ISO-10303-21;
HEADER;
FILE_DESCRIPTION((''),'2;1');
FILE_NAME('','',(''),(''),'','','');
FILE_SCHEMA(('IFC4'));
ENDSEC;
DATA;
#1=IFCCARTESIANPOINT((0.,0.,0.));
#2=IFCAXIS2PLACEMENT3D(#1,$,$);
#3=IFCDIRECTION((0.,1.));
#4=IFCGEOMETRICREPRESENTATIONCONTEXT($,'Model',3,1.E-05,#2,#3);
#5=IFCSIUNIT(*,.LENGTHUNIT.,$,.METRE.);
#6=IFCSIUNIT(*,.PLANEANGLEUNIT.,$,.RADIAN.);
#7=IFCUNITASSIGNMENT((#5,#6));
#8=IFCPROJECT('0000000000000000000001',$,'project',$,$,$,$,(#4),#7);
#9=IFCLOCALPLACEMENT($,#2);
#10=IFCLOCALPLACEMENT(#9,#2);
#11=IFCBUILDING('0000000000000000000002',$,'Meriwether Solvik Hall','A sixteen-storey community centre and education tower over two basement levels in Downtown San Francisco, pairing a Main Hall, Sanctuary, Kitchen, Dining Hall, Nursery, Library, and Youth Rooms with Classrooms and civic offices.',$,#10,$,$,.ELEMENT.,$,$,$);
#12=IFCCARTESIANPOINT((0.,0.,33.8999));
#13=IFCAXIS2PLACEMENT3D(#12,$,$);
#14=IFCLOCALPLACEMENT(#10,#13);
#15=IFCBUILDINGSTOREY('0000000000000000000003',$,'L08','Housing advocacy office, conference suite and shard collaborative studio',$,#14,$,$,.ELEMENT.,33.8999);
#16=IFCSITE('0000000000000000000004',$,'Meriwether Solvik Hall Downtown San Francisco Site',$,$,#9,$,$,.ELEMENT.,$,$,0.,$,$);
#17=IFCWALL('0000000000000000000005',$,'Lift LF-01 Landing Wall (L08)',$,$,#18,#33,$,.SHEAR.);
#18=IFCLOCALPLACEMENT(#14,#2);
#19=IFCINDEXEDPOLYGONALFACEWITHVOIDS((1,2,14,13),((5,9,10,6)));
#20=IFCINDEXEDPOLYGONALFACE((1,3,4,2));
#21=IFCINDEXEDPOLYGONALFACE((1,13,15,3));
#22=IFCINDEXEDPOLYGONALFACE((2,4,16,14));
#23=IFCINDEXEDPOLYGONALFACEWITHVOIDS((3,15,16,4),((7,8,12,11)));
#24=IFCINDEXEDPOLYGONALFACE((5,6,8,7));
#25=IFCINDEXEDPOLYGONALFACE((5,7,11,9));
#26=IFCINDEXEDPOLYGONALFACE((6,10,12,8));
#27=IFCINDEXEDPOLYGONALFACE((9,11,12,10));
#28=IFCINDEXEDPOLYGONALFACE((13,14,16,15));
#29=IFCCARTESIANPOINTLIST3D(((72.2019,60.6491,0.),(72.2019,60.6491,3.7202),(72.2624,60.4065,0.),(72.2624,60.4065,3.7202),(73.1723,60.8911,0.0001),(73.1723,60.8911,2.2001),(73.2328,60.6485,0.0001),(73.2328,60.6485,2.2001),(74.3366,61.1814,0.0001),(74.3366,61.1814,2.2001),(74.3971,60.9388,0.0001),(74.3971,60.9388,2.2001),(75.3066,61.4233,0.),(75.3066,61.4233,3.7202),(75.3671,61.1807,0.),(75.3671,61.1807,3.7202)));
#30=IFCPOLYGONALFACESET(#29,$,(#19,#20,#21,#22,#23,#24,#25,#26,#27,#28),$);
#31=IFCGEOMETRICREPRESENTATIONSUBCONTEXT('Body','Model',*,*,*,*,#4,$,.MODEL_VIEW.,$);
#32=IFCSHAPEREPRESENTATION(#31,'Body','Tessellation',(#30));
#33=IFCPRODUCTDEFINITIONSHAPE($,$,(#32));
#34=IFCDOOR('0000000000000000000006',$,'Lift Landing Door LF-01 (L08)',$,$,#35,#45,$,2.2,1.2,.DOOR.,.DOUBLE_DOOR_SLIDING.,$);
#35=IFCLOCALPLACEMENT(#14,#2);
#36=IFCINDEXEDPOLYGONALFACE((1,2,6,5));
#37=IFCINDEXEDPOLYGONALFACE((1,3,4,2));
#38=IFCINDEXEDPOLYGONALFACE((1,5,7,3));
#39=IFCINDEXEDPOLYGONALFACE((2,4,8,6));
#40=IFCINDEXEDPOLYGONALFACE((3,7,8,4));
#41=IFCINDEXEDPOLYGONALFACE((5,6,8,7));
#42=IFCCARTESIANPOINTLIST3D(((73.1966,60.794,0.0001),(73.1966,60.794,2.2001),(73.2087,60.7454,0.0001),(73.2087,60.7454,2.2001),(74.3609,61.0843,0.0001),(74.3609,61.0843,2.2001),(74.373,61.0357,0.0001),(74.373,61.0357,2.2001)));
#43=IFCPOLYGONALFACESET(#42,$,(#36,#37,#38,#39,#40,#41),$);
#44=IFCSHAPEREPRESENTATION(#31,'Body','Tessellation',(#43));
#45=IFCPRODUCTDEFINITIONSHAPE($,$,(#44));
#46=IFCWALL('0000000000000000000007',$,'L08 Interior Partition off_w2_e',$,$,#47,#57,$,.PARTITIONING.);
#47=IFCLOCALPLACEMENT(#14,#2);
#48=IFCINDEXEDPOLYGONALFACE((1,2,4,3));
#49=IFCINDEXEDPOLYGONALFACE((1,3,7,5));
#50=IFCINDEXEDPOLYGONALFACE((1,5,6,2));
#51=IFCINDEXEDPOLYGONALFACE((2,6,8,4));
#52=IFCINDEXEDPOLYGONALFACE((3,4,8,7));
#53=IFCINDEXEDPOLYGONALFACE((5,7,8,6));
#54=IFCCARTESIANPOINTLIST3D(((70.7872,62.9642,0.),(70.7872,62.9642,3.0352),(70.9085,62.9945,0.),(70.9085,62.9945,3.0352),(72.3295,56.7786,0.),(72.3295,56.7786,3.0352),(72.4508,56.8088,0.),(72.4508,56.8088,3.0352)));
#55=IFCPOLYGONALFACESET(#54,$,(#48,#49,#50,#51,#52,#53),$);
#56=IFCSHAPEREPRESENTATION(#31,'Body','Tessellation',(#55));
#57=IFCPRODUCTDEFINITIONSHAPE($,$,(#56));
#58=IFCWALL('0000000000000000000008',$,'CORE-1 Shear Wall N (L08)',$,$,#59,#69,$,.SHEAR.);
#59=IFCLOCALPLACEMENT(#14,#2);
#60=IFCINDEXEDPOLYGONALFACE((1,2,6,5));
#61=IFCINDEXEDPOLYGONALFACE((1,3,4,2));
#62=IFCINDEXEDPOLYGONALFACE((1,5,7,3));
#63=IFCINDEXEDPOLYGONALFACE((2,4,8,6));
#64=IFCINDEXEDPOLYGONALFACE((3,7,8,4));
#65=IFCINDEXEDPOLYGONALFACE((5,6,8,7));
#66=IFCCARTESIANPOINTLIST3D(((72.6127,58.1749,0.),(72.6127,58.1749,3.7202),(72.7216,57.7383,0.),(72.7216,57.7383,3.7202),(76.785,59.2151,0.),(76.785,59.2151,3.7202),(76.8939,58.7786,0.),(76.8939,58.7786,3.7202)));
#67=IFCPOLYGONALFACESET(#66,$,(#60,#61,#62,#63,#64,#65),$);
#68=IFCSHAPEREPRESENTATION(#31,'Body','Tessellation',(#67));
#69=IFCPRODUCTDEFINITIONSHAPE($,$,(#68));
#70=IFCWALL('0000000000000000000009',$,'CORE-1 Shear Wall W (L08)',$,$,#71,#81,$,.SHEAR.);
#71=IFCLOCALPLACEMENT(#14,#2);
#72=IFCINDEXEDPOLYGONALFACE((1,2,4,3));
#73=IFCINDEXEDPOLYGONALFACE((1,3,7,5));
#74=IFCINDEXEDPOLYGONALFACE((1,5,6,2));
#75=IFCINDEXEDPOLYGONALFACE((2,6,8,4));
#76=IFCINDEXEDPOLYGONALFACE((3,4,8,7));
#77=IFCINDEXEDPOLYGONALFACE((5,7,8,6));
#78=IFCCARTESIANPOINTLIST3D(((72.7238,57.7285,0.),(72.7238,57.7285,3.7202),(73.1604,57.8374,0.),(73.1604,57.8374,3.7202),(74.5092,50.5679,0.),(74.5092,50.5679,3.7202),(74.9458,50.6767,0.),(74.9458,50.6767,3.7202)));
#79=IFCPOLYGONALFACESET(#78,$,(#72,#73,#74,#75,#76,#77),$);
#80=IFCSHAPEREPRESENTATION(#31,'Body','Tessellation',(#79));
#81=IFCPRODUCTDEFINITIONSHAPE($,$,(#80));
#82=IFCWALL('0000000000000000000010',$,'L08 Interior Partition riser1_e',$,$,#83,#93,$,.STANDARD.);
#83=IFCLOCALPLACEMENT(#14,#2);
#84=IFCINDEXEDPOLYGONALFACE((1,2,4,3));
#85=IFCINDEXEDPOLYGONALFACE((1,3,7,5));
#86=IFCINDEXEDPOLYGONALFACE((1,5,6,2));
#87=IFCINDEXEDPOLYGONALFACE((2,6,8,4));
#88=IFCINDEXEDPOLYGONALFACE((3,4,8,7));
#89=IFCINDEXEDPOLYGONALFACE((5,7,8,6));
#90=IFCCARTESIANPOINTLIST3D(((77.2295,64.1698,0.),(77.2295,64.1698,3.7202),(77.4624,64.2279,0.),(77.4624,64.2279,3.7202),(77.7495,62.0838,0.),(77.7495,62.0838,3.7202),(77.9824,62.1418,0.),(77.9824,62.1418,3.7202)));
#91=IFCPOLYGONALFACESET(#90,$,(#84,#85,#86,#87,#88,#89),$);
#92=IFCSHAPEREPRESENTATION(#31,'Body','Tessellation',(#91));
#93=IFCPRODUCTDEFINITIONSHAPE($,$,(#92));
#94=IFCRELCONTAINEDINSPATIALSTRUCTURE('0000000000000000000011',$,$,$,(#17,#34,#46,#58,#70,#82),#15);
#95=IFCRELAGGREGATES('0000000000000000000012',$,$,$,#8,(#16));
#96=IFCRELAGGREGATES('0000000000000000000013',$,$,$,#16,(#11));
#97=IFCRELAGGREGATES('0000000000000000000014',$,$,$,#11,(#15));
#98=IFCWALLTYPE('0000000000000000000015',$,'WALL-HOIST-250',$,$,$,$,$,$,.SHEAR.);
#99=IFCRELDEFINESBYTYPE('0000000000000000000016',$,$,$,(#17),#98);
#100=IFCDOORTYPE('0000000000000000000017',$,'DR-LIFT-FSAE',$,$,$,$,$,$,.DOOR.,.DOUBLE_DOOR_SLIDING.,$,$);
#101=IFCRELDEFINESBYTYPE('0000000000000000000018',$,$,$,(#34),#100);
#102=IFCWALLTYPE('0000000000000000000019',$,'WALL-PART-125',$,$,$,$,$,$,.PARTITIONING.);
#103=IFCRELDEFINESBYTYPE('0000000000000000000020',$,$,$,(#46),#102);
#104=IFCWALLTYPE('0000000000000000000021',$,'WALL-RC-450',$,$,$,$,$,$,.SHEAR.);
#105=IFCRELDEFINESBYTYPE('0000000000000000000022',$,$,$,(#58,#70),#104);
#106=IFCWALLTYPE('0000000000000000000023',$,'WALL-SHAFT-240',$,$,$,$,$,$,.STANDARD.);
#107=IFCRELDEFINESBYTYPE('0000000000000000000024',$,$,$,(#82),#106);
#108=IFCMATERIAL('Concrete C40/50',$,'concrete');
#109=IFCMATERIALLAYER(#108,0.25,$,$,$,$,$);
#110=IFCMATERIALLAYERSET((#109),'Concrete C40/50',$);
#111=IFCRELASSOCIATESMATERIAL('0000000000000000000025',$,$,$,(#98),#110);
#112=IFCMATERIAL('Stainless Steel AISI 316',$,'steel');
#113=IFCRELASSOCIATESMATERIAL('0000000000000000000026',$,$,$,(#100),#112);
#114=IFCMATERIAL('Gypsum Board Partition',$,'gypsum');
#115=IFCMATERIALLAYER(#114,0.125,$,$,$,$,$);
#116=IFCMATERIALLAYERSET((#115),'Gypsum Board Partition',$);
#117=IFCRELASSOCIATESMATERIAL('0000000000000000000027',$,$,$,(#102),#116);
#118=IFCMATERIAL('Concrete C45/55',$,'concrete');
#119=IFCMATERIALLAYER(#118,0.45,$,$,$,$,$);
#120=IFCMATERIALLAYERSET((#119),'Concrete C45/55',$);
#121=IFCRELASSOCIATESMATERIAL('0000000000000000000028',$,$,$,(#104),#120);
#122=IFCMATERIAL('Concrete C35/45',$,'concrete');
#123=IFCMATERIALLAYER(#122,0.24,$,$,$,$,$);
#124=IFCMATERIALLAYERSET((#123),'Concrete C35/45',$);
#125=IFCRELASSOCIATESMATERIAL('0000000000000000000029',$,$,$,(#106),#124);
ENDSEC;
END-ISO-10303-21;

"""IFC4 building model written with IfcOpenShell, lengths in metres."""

from ifc_helpers import new_model, si_unit, direction, frame, frame_2d, origin, place, context, subcontext, project, spatial, rectangle, extrude, material, layer, layer_set, type_object, element, fill, save


model = new_model("IFC4")

# Units and contexts
model_context = context("Model", 3, precision=1e-05, world=origin(), true_north=direction((0.0, 1.0)))
body_context = subcontext(model_context, "Body", "Model", "MODEL_VIEW")
ifc_project = project(units=[si_unit("LENGTHUNIT", "METRE"), si_unit("PLANEANGLEUNIT", "RADIAN")], contexts=[model_context])

# Site, building, storey
site_placement = place(None, origin())
site = spatial("IfcSite", under=ifc_project, at=site_placement, Name="Meriwether Solvik Hall Downtown San Francisco Site", CompositionType="ELEMENT", RefElevation=0.0)
building_placement = place(site_placement, origin())
building = spatial("IfcBuilding", under=site, at=building_placement, Name="Meriwether Solvik Hall", Description="A sixteen-storey community centre and education tower over two basement levels in Downtown San Francisco, pairing a Main Hall, Sanctuary, Kitchen, Dining Hall, Nursery, Library, and Youth Rooms with Classrooms and civic offices.", CompositionType="ELEMENT")
storey_placement = place(building_placement, frame((0.0, 0.0, 33.8999)))
storey = spatial("IfcBuildingStorey", under=building, at=storey_placement, Name="L08", Description="Housing advocacy office, conference suite and shard collaborative studio", CompositionType="ELEMENT", Elevation=33.8999)

# Shared definitions
ifc_material_1 = material(Name="Concrete C40/50", Category="concrete")
ifc_layer_1 = layer(ifc_material_1, 0.25)
ifc_layer_set_1 = layer_set([ifc_layer_1], Name="Concrete C40/50")
wall_type_1 = type_object("IfcWallType", Name="WALL-HOIST-250", PredefinedType="SHEAR", material=ifc_layer_set_1)

# Wall, opening, door
wall_1_placement = place(storey_placement, frame((72.2322, 60.5278, 0.0), z_axis=(0.0, 0.0, 1.0), x_axis=(0.97029, 0.241943, 0.0)))
wall_1 = element("IfcWall", 1, at=wall_1_placement, inside=storey, type_object=wall_type_1, Name="Lift LF-01 Landing Wall (L08)", PredefinedType="SHEAR", context=body_context, shape_type="SweptSolid", body=[
    extrude(rectangle(XDim=3.1997, YDim=0.25, at=frame_2d((1.5999, 0.0))), origin(), (0.0, 0.0, 1.0), 3.7202),
])
opening_1_placement = place(wall_1_placement, frame((1.0, 0.0, 0.0)))
opening_1 = element("IfcOpeningElement", 2, at=opening_1_placement, cuts=wall_1, PredefinedType="OPENING", context=body_context, shape_type="SweptSolid", body=[
    extrude(rectangle(XDim=1.2, YDim=2.2, at=frame_2d((0.6001, 1.1001))), frame((0.0, 0.137, 0.0), z_axis=(0.0, -1.0, 0.0), x_axis=(1.0, 0.0, 0.0)), (0.0, 0.0, 1.0), 0.2739),
])
ifc_material_2 = material(Name="Stainless Steel AISI 316", Category="steel")
door_type_1 = type_object("IfcDoorType", Name="DR-LIFT-FSAE", OperationType="DOUBLE_DOOR_SLIDING", PredefinedType="DOOR", material=ifc_material_2)
door_1_placement = place(opening_1_placement, origin())
door_1 = element("IfcDoor", 3, at=door_1_placement, inside=storey, type_object=door_type_1, Name="Lift Landing Door LF-01 (L08)", OperationType="DOUBLE_DOOR_SLIDING", OverallHeight=2.2, OverallWidth=1.2, PredefinedType="DOOR", context=body_context, shape_type="SweptSolid", body=[
    extrude(rectangle(XDim=1.2, YDim=2.2, at=frame_2d((0.6001, 1.1001))), frame((0.0, 0.0249, 0.0), z_axis=(0.0, -1.0, 0.0), x_axis=(1.0, 0.0, 0.0)), (0.0, 0.0, 1.0), 0.05),
])
fill(opening_1, door_1)

# Walls
ifc_material_3 = material(Name="Gypsum Board Partition", Category="gypsum")
ifc_layer_2 = layer(ifc_material_3, 0.125)
ifc_layer_set_2 = layer_set([ifc_layer_2], Name="Gypsum Board Partition")
wall_type_2 = type_object("IfcWallType", Name="WALL-PART-125", PredefinedType="PARTITIONING", material=ifc_layer_set_2)
wall_2_placement = place(storey_placement, frame((72.3901, 56.7937, 0.0), z_axis=(0.0, 0.0, 1.0), x_axis=(-0.241923, 0.970295, 0.0)))
element("IfcWall", 4, at=wall_2_placement, inside=storey, type_object=wall_type_2, Name="L08 Interior Partition off_w2_e", PredefinedType="PARTITIONING", context=body_context, shape_type="SweptSolid", body=[
    extrude(rectangle(XDim=6.375, YDim=0.125, at=frame_2d((3.1875, 0.0))), origin(), (0.0, 0.0, 1.0), 3.0352),
])
ifc_material_4 = material(Name="Concrete C45/55", Category="concrete")
ifc_layer_3 = layer(ifc_material_4, 0.45)
ifc_layer_set_3 = layer_set([ifc_layer_3], Name="Concrete C45/55")
wall_type_3 = type_object("IfcWallType", Name="WALL-RC-450", PredefinedType="SHEAR", material=ifc_layer_set_3)
wall_3_placement = place(storey_placement, frame((76.8394, 58.9968, 0.0), z_axis=(0.0, 0.0, 1.0), x_axis=(-0.970296, -0.241921, 0.0)))
element("IfcWall", 5, at=wall_3_placement, inside=storey, type_object=wall_type_3, Name="CORE-1 Shear Wall N (L08)", PredefinedType="SHEAR", context=body_context, shape_type="SweptSolid", body=[
    extrude(rectangle(XDim=4.3, YDim=0.45, at=frame_2d((2.1499, 0.0))), origin(), (0.0, 0.0, 1.0), 3.7202),
])
wall_4_placement = place(storey_placement, frame((72.9421, 57.783, 0.0), z_axis=(0.0, 0.0, 1.0), x_axis=(0.241928, -0.970294, 0.0)))
element("IfcWall", 6, at=wall_4_placement, inside=storey, type_object=wall_type_3, Name="CORE-1 Shear Wall W (L08)", PredefinedType="SHEAR", context=body_context, shape_type="SweptSolid", body=[
    extrude(rectangle(XDim=7.3799, YDim=0.45, at=frame_2d((3.6899, 0.0))), origin(), (0.0, 0.0, 1.0), 3.7202),
])
ifc_material_5 = material(Name="Concrete C35/45", Category="concrete")
ifc_layer_4 = layer(ifc_material_5, 0.24)
ifc_layer_set_4 = layer_set([ifc_layer_4], Name="Concrete C35/45")
wall_type_4 = type_object("IfcWallType", Name="WALL-SHAFT-240", PredefinedType="STANDARD", material=ifc_layer_set_4)
wall_5_placement = place(storey_placement, frame((77.866, 62.1128, 0.0), z_axis=(0.0, 0.0, 1.0), x_axis=(-0.241868, 0.970309, 0.0)))
element("IfcWall", 7, at=wall_5_placement, inside=storey, type_object=wall_type_4, Name="L08 Interior Partition riser1_e", PredefinedType="STANDARD", context=body_context, shape_type="SweptSolid", body=[
    extrude(rectangle(XDim=2.1499, YDim=0.24, at=frame_2d((1.075, 0.0))), origin(), (0.0, 0.0, 1.0), 3.7202),
])

save(model, "model.ifc")
